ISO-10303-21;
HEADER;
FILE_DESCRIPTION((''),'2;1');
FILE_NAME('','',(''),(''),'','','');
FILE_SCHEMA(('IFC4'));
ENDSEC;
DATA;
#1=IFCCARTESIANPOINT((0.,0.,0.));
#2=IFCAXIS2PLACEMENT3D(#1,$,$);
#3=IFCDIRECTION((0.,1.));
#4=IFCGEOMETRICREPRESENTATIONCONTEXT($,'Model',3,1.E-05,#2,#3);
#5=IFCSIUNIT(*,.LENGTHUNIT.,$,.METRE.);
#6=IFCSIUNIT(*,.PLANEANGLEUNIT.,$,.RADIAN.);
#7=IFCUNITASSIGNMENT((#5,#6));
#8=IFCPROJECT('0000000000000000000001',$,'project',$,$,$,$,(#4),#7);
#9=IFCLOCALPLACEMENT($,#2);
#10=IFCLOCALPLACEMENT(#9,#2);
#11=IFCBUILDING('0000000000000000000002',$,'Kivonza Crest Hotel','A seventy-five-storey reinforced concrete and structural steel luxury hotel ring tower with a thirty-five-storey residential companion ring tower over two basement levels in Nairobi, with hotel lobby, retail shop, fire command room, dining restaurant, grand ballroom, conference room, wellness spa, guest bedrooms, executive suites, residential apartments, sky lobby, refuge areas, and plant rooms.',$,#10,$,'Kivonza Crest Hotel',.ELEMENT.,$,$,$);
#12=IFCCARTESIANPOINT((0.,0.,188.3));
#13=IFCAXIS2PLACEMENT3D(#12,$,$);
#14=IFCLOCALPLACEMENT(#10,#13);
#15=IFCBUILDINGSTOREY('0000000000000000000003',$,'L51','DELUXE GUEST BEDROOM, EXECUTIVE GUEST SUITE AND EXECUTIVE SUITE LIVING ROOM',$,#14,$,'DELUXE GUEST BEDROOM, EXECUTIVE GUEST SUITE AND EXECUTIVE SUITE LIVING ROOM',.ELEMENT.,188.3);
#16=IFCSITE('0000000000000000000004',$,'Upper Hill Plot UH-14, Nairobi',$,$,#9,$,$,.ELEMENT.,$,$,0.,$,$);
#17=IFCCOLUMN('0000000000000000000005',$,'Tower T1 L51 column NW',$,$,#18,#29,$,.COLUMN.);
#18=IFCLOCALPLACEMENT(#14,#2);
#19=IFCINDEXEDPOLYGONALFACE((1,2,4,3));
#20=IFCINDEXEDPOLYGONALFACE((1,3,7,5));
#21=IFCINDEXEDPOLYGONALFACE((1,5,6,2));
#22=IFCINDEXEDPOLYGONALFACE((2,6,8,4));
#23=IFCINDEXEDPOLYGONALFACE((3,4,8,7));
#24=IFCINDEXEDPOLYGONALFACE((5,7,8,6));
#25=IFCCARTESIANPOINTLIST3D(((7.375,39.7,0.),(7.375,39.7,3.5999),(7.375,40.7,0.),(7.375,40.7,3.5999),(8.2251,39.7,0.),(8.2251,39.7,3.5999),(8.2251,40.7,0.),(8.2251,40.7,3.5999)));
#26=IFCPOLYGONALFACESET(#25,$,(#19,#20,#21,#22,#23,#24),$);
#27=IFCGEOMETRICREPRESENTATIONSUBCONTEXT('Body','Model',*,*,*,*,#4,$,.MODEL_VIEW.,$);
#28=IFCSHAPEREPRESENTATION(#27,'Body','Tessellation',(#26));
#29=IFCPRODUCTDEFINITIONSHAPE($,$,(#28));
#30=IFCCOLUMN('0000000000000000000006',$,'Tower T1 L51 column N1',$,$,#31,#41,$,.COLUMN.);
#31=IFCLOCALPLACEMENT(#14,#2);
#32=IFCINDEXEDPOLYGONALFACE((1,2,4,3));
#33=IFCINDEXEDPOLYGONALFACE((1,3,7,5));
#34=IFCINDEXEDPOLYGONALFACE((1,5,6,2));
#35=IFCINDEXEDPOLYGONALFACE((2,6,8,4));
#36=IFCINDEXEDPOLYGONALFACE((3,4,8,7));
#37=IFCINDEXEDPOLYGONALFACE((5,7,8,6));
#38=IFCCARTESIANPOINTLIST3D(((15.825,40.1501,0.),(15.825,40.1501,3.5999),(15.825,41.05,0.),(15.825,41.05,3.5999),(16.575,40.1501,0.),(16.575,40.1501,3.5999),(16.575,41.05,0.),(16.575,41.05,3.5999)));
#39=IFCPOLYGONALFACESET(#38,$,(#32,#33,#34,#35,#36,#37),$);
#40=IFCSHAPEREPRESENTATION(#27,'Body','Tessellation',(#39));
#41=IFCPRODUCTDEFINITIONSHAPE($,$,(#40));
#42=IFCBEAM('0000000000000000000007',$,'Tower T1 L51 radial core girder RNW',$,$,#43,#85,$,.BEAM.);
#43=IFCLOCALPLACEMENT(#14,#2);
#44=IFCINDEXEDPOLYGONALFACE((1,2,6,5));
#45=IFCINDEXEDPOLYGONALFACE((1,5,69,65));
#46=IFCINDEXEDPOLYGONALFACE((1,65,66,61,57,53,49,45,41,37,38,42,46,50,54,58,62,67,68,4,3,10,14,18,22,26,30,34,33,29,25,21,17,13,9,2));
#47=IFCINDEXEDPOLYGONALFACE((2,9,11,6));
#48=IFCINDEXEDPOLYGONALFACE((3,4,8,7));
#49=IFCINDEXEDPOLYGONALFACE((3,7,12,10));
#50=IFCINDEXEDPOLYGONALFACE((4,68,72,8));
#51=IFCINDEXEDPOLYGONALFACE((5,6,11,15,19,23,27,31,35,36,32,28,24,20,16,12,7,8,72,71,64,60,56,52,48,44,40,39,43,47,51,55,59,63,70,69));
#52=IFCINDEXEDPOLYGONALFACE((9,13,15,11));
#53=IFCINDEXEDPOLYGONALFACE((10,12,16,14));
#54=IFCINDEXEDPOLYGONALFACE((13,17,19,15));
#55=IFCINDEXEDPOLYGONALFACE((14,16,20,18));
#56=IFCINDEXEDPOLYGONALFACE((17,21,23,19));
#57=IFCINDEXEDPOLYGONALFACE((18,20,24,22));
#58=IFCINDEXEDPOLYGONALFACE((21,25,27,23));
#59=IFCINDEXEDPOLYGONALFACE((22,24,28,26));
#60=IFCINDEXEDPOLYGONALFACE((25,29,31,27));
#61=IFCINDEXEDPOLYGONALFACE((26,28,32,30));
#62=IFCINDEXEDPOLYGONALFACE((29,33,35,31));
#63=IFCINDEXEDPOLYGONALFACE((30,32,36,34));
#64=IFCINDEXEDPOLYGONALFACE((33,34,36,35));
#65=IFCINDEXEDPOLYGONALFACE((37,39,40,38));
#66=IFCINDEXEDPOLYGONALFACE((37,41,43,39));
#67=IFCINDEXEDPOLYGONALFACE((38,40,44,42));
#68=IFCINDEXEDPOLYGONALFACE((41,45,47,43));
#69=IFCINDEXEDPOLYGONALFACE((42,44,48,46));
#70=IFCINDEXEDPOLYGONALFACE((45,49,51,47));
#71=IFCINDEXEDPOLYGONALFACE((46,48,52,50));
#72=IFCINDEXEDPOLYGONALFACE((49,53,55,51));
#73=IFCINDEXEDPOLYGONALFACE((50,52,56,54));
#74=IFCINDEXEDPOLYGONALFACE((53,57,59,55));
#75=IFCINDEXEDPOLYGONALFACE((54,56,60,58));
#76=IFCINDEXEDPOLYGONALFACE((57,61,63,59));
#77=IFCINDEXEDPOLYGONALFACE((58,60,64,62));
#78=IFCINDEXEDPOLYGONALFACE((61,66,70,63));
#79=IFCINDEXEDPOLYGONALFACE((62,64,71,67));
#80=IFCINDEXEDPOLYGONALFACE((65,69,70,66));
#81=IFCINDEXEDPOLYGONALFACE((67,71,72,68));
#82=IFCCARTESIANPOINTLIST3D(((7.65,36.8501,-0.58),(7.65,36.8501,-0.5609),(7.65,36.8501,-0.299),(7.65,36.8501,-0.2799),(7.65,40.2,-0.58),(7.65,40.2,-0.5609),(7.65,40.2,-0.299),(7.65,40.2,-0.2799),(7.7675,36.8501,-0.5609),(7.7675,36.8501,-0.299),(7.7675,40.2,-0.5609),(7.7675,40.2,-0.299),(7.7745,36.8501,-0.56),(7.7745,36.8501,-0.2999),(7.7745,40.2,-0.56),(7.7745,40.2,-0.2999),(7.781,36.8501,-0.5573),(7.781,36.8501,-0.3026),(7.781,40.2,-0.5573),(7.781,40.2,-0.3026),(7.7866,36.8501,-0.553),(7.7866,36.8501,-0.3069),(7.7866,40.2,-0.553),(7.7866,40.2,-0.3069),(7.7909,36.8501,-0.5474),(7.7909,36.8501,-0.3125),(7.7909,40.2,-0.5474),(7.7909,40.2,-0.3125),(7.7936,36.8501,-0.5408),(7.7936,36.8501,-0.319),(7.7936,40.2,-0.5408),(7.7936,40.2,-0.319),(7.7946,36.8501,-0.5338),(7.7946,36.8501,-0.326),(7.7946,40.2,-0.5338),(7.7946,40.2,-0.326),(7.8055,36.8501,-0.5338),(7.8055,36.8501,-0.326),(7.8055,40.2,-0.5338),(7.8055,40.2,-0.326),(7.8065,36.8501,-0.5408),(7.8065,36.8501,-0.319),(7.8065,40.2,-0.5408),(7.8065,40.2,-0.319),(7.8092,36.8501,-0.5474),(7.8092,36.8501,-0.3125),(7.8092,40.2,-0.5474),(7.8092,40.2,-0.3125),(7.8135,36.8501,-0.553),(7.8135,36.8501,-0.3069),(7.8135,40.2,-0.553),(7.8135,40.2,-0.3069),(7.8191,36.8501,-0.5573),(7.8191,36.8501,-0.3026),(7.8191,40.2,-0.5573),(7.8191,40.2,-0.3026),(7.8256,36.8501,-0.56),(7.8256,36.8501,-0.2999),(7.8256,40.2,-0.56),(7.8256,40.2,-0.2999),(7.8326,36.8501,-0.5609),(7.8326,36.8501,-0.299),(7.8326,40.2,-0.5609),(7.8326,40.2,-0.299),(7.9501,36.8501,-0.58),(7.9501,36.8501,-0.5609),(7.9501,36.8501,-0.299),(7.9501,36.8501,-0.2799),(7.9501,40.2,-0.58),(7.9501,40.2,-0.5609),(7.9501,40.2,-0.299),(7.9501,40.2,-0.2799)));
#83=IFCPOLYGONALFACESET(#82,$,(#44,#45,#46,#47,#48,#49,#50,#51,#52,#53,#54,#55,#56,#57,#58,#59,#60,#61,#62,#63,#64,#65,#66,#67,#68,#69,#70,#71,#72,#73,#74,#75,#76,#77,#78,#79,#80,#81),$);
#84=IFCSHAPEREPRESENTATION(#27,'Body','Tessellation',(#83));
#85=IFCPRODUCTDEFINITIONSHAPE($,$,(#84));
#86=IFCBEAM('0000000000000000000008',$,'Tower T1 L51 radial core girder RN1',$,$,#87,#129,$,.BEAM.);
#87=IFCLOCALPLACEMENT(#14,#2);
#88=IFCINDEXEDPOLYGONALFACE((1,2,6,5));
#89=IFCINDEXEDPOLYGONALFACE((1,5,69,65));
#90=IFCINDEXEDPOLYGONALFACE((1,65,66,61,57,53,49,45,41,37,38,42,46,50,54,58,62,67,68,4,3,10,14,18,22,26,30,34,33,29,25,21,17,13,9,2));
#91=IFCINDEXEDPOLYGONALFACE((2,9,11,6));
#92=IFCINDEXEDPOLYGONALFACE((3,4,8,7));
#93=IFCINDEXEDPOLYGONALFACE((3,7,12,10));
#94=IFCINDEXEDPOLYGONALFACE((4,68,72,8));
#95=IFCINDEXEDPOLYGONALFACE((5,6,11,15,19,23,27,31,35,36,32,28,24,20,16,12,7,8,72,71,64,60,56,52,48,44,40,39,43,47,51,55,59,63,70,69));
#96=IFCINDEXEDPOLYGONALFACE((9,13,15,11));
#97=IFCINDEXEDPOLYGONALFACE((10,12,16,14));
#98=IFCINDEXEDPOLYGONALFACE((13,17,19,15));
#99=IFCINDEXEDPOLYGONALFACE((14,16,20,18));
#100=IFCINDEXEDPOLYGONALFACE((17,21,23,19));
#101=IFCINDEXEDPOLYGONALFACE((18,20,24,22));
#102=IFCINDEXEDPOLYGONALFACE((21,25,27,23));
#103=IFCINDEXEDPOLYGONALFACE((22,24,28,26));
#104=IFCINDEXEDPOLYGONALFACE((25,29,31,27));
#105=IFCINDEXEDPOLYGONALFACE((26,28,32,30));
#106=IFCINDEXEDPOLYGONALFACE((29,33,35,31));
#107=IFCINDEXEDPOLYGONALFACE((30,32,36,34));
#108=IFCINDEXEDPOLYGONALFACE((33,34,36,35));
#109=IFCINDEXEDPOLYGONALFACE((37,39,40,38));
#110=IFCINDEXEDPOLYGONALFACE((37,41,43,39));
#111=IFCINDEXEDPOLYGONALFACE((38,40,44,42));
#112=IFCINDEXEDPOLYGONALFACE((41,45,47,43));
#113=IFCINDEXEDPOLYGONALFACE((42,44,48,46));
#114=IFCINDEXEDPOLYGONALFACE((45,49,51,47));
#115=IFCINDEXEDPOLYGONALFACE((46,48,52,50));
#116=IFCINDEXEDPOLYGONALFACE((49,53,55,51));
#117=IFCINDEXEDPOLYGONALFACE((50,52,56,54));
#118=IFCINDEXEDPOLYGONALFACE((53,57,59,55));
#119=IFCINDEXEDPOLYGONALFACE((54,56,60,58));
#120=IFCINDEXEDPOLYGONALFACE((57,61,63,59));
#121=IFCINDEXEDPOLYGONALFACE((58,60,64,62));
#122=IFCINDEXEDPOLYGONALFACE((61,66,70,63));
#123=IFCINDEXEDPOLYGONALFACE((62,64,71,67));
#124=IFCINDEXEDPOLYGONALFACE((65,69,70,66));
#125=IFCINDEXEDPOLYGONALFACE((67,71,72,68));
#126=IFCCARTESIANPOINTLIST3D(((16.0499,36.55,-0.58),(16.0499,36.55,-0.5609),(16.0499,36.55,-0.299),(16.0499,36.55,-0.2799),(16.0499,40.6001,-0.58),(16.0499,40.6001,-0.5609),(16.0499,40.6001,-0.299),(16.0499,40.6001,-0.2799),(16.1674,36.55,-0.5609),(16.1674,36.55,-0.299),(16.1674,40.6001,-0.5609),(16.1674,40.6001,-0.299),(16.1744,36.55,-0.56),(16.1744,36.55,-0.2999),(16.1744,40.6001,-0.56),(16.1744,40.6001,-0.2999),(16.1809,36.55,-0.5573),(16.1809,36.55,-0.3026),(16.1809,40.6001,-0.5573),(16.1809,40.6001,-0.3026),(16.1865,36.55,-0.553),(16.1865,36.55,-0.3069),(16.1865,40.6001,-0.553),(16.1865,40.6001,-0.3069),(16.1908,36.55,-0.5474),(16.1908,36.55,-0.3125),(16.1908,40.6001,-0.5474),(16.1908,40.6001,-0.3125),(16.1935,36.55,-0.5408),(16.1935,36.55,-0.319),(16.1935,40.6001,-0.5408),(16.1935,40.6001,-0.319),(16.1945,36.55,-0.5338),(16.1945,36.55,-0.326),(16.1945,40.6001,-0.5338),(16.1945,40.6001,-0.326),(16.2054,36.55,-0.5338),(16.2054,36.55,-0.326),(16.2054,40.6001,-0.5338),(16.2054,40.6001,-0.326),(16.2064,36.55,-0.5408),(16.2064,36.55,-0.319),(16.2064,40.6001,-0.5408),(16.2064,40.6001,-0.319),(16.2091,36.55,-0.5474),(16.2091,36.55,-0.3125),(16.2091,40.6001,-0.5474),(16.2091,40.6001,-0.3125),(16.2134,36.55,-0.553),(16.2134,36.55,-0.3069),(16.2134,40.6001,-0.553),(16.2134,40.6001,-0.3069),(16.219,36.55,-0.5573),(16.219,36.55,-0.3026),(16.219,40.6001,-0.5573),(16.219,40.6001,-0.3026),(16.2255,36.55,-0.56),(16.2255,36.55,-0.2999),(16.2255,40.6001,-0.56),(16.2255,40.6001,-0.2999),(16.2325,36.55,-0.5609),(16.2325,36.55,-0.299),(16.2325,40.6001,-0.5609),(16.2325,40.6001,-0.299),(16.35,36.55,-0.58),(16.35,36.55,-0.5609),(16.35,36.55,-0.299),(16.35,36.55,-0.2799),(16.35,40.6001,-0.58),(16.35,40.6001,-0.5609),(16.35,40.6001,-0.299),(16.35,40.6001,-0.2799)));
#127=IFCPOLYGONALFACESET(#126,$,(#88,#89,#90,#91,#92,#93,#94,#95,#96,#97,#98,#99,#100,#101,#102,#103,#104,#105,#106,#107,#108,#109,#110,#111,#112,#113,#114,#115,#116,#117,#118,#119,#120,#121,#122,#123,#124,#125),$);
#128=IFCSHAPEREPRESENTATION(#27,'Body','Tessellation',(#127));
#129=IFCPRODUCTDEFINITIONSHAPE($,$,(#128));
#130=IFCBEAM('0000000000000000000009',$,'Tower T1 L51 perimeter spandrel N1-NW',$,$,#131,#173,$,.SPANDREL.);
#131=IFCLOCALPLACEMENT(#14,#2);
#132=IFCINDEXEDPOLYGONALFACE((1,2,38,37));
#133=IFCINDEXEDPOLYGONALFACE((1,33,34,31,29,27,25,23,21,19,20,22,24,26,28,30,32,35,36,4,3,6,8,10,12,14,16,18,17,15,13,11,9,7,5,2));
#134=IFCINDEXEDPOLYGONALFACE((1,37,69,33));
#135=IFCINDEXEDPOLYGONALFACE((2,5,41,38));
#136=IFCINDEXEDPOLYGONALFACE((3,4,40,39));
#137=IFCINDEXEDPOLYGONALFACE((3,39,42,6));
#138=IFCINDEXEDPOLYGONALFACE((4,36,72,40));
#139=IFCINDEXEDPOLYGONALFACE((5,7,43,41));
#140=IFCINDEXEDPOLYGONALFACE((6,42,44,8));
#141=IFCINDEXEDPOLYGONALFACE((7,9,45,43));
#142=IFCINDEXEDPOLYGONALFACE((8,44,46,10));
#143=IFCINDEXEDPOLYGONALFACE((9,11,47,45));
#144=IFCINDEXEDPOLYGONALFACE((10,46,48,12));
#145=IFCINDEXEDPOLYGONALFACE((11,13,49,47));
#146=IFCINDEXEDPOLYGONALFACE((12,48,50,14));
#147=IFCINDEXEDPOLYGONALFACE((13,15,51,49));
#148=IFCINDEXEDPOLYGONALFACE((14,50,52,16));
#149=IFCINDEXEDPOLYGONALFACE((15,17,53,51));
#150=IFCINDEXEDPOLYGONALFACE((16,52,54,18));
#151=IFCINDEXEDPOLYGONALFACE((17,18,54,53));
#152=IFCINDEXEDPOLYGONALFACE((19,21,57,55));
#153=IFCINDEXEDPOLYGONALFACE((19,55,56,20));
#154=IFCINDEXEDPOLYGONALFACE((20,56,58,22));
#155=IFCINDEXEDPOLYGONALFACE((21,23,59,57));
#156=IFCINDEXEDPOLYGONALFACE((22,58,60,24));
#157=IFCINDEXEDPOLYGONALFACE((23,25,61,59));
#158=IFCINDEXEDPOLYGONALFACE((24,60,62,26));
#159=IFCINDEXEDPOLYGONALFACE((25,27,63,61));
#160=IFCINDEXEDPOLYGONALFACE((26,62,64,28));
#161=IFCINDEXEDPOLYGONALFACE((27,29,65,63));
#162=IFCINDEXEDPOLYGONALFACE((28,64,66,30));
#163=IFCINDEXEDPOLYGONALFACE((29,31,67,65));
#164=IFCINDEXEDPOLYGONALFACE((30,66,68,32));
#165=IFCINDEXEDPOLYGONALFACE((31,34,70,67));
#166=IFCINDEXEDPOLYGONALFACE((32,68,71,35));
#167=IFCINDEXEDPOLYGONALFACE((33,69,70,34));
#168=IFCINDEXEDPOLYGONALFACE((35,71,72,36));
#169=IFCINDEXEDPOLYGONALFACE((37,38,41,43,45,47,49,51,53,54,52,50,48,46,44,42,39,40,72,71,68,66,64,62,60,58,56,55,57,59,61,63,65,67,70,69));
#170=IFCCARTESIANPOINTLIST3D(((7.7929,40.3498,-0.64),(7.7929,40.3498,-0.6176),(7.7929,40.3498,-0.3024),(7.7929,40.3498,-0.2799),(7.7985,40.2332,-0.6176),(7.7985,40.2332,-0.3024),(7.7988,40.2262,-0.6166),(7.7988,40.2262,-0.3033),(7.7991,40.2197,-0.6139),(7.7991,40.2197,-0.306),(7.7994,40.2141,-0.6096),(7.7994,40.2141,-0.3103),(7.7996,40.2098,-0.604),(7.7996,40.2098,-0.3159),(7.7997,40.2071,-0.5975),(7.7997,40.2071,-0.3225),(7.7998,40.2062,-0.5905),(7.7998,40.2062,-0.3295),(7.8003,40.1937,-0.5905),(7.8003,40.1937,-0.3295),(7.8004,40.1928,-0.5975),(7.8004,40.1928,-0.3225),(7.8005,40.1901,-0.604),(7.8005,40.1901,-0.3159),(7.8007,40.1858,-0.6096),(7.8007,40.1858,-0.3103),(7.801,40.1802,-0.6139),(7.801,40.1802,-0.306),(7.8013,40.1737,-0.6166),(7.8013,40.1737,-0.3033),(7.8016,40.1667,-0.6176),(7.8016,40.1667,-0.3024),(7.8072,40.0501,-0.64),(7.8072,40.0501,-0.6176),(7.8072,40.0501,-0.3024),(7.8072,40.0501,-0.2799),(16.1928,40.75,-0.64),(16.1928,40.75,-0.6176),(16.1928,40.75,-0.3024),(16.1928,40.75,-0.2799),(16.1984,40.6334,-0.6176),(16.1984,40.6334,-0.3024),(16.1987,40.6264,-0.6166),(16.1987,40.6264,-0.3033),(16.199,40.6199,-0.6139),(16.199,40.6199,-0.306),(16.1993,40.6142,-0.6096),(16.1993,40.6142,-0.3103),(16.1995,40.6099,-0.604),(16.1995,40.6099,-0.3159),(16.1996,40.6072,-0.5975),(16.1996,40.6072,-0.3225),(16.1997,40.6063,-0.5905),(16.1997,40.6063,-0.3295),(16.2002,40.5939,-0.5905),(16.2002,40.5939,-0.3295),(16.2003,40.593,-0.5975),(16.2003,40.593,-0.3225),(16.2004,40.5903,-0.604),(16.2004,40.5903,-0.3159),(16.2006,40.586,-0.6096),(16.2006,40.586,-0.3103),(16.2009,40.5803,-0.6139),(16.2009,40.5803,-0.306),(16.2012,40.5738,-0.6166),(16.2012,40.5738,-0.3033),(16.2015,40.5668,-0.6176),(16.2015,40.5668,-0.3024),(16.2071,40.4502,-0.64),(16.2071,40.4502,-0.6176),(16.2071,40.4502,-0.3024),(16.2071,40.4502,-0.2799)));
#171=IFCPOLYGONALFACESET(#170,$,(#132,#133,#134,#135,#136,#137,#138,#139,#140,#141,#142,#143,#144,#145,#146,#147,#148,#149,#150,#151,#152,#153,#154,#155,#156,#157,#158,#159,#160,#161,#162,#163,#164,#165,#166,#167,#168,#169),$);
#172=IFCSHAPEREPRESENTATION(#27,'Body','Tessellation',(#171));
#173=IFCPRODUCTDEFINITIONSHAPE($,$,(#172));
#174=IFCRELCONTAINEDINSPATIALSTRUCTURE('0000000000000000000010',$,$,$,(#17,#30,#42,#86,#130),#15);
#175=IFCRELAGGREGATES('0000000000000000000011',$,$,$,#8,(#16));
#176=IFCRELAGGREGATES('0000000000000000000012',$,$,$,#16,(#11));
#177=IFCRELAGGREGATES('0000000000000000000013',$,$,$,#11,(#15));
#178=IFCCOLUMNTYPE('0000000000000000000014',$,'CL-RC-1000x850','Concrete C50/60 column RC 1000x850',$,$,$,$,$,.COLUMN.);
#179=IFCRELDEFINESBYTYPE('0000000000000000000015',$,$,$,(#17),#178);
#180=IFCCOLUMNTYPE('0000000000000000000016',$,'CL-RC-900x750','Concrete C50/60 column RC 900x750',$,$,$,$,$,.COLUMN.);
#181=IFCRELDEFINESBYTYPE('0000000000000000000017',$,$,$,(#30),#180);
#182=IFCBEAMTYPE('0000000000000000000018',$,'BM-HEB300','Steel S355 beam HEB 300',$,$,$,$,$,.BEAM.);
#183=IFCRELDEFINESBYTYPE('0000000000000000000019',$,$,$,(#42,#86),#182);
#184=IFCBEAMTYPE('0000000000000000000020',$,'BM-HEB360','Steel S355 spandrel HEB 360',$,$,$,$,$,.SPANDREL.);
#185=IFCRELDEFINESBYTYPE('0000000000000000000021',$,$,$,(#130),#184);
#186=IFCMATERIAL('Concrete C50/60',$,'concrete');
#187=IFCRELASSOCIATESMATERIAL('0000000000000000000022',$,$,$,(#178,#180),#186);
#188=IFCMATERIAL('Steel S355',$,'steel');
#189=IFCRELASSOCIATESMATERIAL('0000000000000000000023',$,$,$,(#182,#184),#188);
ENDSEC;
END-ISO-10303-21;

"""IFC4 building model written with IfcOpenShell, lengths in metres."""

from ifc_helpers import new_model, si_unit, direction, frame, origin, origin_2d, place, context, subcontext, project, spatial, rectangle, i_section, extrude, material, material_profile, profile_set, type_object, element, save


model = new_model("IFC4")

# Units and contexts
model_context = context("Model", 3, precision=1e-05, world=origin(), true_north=direction((0.0, 1.0)))
body_context = subcontext(model_context, "Body", "Model", "MODEL_VIEW")
ifc_project = project(units=[si_unit("LENGTHUNIT", "METRE"), si_unit("PLANEANGLEUNIT", "RADIAN")], contexts=[model_context])

# Site, building, storey
site_placement = place(None, origin())
site = spatial("IfcSite", under=ifc_project, at=site_placement, Name="Upper Hill Plot UH-14, Nairobi", CompositionType="ELEMENT", RefElevation=0.0)
building_placement = place(site_placement, origin())
building = spatial("IfcBuilding", under=site, at=building_placement, Name="Kivonza Crest Hotel", Description="A seventy-five-storey reinforced concrete and structural steel luxury hotel ring tower with a thirty-five-storey residential companion ring tower over two basement levels in Nairobi, with hotel lobby, retail shop, fire command room, dining restaurant, grand ballroom, conference room, wellness spa, guest bedrooms, executive suites, residential apartments, sky lobby, refuge areas, and plant rooms.", LongName="Kivonza Crest Hotel", CompositionType="ELEMENT")
storey_placement = place(building_placement, frame((0.0, 0.0, 188.3)))
storey = spatial("IfcBuildingStorey", under=building, at=storey_placement, Name="L51", Description="DELUXE GUEST BEDROOM, EXECUTIVE GUEST SUITE AND EXECUTIVE SUITE LIVING ROOM", LongName="DELUXE GUEST BEDROOM, EXECUTIVE GUEST SUITE AND EXECUTIVE SUITE LIVING ROOM", CompositionType="ELEMENT", Elevation=188.3)

# Columns
ifc_material_1 = material(Name="Concrete C50/60", Category="concrete")
ifc_material_profile_1 = material_profile(ifc_material_1, rectangle(XDim=0.8501, YDim=1.0, at=origin_2d()), Name="RC 1000x850")
ifc_profile_set_1 = profile_set([ifc_material_profile_1], Name="Concrete C50/60")
column_type_1 = type_object("IfcColumnType", Name="CL-RC-1000x850", Description="Concrete C50/60 column RC 1000x850", PredefinedType="COLUMN", material=ifc_profile_set_1)
column_1_placement = place(storey_placement, frame((7.8, 40.2, 0.0), z_axis=(0.0, 0.0, 1.0), x_axis=(1.0, 0.0, 0.0)))
element("IfcColumn", 1, at=column_1_placement, inside=storey, type_object=column_type_1, Name="Tower T1 L51 column NW", PredefinedType="COLUMN", context=body_context, shape_type="SweptSolid", body=[
    extrude(rectangle(XDim=0.8501, YDim=1.0, at=origin_2d()), origin(), (0.0, 0.0, 1.0), 3.5999),
])
ifc_material_profile_2 = material_profile(ifc_material_1, rectangle(XDim=0.75, YDim=0.8999, at=origin_2d()), Name="RC 900x750")
ifc_profile_set_2 = profile_set([ifc_material_profile_2], Name="Concrete C50/60")
column_type_2 = type_object("IfcColumnType", Name="CL-RC-900x750", Description="Concrete C50/60 column RC 900x750", PredefinedType="COLUMN", material=ifc_profile_set_2)
column_2_placement = place(storey_placement, frame((16.2, 40.6001, 0.0), z_axis=(0.0, 0.0, 1.0), x_axis=(1.0, 0.0, 0.0)))
element("IfcColumn", 2, at=column_2_placement, inside=storey, type_object=column_type_2, Name="Tower T1 L51 column N1", PredefinedType="COLUMN", context=body_context, shape_type="SweptSolid", body=[
    extrude(rectangle(XDim=0.75, YDim=0.8999, at=origin_2d()), origin(), (0.0, 0.0, 1.0), 3.5999),
])

# Beams
ifc_material_2 = material(Name="Steel S355", Category="steel")
ifc_material_profile_3 = material_profile(ifc_material_2, i_section(OverallWidth=0.3, OverallDepth=0.3, WebThickness=0.011, FlangeThickness=0.019, FilletRadius=0.0271, at=origin_2d()), Name="HEB 300")
ifc_profile_set_3 = profile_set([ifc_material_profile_3], Name="Steel S355")
beam_type_1 = type_object("IfcBeamType", Name="BM-HEB300", Description="Steel S355 beam HEB 300", PredefinedType="BEAM", material=ifc_profile_set_3)
beam_1_placement = place(storey_placement, frame((7.8, 40.2, -0.4299), z_axis=(0.0, -1.0, 0.0), x_axis=(1.0, 0.0, 0.0)))
element("IfcBeam", 3, at=beam_1_placement, inside=storey, type_object=beam_type_1, Name="Tower T1 L51 radial core girder RNW", PredefinedType="BEAM", context=body_context, shape_type="SweptSolid", body=[
    extrude(i_section(OverallWidth=0.3, OverallDepth=0.3, WebThickness=0.011, FlangeThickness=0.019, FilletRadius=0.0271, at=origin_2d()), origin(), (0.0, 0.0, 1.0), 3.3499),
])
beam_2_placement = place(storey_placement, frame((16.2, 40.6001, -0.4299), z_axis=(0.0, -1.0, 0.0), x_axis=(1.0, 0.0, 0.0)))
element("IfcBeam", 4, at=beam_2_placement, inside=storey, type_object=beam_type_1, Name="Tower T1 L51 radial core girder RN1", PredefinedType="BEAM", context=body_context, shape_type="SweptSolid", body=[
    extrude(i_section(OverallWidth=0.3, OverallDepth=0.3, WebThickness=0.011, FlangeThickness=0.019, FilletRadius=0.0271, at=origin_2d()), origin(), (0.0, 0.0, 1.0), 4.05),
])
ifc_material_profile_4 = material_profile(ifc_material_2, i_section(OverallWidth=0.3, OverallDepth=0.3601, WebThickness=0.0125, FlangeThickness=0.0225, FilletRadius=0.0271, at=origin_2d()), Name="HEB 360")
ifc_profile_set_4 = profile_set([ifc_material_profile_4], Name="Steel S355")
beam_type_2 = type_object("IfcBeamType", Name="BM-HEB360", Description="Steel S355 spandrel HEB 360", PredefinedType="SPANDREL", material=ifc_profile_set_4)
beam_3_placement = place(storey_placement, frame((16.2, 40.6001, -0.46), z_axis=(-0.998867, -0.047583, 0.0), x_axis=(0.047583, -0.998867, 0.0)))
element("IfcBeam", 5, at=beam_3_placement, inside=storey, type_object=beam_type_2, Name="Tower T1 L51 perimeter spandrel N1-NW", PredefinedType="SPANDREL", context=body_context, shape_type="SweptSolid", body=[
    extrude(i_section(OverallWidth=0.3, OverallDepth=0.3601, WebThickness=0.0125, FlangeThickness=0.0225, FilletRadius=0.0271, at=origin_2d()), origin(), (0.0, 0.0, 1.0), 8.4094),
])

save(model, "model.ifc")
